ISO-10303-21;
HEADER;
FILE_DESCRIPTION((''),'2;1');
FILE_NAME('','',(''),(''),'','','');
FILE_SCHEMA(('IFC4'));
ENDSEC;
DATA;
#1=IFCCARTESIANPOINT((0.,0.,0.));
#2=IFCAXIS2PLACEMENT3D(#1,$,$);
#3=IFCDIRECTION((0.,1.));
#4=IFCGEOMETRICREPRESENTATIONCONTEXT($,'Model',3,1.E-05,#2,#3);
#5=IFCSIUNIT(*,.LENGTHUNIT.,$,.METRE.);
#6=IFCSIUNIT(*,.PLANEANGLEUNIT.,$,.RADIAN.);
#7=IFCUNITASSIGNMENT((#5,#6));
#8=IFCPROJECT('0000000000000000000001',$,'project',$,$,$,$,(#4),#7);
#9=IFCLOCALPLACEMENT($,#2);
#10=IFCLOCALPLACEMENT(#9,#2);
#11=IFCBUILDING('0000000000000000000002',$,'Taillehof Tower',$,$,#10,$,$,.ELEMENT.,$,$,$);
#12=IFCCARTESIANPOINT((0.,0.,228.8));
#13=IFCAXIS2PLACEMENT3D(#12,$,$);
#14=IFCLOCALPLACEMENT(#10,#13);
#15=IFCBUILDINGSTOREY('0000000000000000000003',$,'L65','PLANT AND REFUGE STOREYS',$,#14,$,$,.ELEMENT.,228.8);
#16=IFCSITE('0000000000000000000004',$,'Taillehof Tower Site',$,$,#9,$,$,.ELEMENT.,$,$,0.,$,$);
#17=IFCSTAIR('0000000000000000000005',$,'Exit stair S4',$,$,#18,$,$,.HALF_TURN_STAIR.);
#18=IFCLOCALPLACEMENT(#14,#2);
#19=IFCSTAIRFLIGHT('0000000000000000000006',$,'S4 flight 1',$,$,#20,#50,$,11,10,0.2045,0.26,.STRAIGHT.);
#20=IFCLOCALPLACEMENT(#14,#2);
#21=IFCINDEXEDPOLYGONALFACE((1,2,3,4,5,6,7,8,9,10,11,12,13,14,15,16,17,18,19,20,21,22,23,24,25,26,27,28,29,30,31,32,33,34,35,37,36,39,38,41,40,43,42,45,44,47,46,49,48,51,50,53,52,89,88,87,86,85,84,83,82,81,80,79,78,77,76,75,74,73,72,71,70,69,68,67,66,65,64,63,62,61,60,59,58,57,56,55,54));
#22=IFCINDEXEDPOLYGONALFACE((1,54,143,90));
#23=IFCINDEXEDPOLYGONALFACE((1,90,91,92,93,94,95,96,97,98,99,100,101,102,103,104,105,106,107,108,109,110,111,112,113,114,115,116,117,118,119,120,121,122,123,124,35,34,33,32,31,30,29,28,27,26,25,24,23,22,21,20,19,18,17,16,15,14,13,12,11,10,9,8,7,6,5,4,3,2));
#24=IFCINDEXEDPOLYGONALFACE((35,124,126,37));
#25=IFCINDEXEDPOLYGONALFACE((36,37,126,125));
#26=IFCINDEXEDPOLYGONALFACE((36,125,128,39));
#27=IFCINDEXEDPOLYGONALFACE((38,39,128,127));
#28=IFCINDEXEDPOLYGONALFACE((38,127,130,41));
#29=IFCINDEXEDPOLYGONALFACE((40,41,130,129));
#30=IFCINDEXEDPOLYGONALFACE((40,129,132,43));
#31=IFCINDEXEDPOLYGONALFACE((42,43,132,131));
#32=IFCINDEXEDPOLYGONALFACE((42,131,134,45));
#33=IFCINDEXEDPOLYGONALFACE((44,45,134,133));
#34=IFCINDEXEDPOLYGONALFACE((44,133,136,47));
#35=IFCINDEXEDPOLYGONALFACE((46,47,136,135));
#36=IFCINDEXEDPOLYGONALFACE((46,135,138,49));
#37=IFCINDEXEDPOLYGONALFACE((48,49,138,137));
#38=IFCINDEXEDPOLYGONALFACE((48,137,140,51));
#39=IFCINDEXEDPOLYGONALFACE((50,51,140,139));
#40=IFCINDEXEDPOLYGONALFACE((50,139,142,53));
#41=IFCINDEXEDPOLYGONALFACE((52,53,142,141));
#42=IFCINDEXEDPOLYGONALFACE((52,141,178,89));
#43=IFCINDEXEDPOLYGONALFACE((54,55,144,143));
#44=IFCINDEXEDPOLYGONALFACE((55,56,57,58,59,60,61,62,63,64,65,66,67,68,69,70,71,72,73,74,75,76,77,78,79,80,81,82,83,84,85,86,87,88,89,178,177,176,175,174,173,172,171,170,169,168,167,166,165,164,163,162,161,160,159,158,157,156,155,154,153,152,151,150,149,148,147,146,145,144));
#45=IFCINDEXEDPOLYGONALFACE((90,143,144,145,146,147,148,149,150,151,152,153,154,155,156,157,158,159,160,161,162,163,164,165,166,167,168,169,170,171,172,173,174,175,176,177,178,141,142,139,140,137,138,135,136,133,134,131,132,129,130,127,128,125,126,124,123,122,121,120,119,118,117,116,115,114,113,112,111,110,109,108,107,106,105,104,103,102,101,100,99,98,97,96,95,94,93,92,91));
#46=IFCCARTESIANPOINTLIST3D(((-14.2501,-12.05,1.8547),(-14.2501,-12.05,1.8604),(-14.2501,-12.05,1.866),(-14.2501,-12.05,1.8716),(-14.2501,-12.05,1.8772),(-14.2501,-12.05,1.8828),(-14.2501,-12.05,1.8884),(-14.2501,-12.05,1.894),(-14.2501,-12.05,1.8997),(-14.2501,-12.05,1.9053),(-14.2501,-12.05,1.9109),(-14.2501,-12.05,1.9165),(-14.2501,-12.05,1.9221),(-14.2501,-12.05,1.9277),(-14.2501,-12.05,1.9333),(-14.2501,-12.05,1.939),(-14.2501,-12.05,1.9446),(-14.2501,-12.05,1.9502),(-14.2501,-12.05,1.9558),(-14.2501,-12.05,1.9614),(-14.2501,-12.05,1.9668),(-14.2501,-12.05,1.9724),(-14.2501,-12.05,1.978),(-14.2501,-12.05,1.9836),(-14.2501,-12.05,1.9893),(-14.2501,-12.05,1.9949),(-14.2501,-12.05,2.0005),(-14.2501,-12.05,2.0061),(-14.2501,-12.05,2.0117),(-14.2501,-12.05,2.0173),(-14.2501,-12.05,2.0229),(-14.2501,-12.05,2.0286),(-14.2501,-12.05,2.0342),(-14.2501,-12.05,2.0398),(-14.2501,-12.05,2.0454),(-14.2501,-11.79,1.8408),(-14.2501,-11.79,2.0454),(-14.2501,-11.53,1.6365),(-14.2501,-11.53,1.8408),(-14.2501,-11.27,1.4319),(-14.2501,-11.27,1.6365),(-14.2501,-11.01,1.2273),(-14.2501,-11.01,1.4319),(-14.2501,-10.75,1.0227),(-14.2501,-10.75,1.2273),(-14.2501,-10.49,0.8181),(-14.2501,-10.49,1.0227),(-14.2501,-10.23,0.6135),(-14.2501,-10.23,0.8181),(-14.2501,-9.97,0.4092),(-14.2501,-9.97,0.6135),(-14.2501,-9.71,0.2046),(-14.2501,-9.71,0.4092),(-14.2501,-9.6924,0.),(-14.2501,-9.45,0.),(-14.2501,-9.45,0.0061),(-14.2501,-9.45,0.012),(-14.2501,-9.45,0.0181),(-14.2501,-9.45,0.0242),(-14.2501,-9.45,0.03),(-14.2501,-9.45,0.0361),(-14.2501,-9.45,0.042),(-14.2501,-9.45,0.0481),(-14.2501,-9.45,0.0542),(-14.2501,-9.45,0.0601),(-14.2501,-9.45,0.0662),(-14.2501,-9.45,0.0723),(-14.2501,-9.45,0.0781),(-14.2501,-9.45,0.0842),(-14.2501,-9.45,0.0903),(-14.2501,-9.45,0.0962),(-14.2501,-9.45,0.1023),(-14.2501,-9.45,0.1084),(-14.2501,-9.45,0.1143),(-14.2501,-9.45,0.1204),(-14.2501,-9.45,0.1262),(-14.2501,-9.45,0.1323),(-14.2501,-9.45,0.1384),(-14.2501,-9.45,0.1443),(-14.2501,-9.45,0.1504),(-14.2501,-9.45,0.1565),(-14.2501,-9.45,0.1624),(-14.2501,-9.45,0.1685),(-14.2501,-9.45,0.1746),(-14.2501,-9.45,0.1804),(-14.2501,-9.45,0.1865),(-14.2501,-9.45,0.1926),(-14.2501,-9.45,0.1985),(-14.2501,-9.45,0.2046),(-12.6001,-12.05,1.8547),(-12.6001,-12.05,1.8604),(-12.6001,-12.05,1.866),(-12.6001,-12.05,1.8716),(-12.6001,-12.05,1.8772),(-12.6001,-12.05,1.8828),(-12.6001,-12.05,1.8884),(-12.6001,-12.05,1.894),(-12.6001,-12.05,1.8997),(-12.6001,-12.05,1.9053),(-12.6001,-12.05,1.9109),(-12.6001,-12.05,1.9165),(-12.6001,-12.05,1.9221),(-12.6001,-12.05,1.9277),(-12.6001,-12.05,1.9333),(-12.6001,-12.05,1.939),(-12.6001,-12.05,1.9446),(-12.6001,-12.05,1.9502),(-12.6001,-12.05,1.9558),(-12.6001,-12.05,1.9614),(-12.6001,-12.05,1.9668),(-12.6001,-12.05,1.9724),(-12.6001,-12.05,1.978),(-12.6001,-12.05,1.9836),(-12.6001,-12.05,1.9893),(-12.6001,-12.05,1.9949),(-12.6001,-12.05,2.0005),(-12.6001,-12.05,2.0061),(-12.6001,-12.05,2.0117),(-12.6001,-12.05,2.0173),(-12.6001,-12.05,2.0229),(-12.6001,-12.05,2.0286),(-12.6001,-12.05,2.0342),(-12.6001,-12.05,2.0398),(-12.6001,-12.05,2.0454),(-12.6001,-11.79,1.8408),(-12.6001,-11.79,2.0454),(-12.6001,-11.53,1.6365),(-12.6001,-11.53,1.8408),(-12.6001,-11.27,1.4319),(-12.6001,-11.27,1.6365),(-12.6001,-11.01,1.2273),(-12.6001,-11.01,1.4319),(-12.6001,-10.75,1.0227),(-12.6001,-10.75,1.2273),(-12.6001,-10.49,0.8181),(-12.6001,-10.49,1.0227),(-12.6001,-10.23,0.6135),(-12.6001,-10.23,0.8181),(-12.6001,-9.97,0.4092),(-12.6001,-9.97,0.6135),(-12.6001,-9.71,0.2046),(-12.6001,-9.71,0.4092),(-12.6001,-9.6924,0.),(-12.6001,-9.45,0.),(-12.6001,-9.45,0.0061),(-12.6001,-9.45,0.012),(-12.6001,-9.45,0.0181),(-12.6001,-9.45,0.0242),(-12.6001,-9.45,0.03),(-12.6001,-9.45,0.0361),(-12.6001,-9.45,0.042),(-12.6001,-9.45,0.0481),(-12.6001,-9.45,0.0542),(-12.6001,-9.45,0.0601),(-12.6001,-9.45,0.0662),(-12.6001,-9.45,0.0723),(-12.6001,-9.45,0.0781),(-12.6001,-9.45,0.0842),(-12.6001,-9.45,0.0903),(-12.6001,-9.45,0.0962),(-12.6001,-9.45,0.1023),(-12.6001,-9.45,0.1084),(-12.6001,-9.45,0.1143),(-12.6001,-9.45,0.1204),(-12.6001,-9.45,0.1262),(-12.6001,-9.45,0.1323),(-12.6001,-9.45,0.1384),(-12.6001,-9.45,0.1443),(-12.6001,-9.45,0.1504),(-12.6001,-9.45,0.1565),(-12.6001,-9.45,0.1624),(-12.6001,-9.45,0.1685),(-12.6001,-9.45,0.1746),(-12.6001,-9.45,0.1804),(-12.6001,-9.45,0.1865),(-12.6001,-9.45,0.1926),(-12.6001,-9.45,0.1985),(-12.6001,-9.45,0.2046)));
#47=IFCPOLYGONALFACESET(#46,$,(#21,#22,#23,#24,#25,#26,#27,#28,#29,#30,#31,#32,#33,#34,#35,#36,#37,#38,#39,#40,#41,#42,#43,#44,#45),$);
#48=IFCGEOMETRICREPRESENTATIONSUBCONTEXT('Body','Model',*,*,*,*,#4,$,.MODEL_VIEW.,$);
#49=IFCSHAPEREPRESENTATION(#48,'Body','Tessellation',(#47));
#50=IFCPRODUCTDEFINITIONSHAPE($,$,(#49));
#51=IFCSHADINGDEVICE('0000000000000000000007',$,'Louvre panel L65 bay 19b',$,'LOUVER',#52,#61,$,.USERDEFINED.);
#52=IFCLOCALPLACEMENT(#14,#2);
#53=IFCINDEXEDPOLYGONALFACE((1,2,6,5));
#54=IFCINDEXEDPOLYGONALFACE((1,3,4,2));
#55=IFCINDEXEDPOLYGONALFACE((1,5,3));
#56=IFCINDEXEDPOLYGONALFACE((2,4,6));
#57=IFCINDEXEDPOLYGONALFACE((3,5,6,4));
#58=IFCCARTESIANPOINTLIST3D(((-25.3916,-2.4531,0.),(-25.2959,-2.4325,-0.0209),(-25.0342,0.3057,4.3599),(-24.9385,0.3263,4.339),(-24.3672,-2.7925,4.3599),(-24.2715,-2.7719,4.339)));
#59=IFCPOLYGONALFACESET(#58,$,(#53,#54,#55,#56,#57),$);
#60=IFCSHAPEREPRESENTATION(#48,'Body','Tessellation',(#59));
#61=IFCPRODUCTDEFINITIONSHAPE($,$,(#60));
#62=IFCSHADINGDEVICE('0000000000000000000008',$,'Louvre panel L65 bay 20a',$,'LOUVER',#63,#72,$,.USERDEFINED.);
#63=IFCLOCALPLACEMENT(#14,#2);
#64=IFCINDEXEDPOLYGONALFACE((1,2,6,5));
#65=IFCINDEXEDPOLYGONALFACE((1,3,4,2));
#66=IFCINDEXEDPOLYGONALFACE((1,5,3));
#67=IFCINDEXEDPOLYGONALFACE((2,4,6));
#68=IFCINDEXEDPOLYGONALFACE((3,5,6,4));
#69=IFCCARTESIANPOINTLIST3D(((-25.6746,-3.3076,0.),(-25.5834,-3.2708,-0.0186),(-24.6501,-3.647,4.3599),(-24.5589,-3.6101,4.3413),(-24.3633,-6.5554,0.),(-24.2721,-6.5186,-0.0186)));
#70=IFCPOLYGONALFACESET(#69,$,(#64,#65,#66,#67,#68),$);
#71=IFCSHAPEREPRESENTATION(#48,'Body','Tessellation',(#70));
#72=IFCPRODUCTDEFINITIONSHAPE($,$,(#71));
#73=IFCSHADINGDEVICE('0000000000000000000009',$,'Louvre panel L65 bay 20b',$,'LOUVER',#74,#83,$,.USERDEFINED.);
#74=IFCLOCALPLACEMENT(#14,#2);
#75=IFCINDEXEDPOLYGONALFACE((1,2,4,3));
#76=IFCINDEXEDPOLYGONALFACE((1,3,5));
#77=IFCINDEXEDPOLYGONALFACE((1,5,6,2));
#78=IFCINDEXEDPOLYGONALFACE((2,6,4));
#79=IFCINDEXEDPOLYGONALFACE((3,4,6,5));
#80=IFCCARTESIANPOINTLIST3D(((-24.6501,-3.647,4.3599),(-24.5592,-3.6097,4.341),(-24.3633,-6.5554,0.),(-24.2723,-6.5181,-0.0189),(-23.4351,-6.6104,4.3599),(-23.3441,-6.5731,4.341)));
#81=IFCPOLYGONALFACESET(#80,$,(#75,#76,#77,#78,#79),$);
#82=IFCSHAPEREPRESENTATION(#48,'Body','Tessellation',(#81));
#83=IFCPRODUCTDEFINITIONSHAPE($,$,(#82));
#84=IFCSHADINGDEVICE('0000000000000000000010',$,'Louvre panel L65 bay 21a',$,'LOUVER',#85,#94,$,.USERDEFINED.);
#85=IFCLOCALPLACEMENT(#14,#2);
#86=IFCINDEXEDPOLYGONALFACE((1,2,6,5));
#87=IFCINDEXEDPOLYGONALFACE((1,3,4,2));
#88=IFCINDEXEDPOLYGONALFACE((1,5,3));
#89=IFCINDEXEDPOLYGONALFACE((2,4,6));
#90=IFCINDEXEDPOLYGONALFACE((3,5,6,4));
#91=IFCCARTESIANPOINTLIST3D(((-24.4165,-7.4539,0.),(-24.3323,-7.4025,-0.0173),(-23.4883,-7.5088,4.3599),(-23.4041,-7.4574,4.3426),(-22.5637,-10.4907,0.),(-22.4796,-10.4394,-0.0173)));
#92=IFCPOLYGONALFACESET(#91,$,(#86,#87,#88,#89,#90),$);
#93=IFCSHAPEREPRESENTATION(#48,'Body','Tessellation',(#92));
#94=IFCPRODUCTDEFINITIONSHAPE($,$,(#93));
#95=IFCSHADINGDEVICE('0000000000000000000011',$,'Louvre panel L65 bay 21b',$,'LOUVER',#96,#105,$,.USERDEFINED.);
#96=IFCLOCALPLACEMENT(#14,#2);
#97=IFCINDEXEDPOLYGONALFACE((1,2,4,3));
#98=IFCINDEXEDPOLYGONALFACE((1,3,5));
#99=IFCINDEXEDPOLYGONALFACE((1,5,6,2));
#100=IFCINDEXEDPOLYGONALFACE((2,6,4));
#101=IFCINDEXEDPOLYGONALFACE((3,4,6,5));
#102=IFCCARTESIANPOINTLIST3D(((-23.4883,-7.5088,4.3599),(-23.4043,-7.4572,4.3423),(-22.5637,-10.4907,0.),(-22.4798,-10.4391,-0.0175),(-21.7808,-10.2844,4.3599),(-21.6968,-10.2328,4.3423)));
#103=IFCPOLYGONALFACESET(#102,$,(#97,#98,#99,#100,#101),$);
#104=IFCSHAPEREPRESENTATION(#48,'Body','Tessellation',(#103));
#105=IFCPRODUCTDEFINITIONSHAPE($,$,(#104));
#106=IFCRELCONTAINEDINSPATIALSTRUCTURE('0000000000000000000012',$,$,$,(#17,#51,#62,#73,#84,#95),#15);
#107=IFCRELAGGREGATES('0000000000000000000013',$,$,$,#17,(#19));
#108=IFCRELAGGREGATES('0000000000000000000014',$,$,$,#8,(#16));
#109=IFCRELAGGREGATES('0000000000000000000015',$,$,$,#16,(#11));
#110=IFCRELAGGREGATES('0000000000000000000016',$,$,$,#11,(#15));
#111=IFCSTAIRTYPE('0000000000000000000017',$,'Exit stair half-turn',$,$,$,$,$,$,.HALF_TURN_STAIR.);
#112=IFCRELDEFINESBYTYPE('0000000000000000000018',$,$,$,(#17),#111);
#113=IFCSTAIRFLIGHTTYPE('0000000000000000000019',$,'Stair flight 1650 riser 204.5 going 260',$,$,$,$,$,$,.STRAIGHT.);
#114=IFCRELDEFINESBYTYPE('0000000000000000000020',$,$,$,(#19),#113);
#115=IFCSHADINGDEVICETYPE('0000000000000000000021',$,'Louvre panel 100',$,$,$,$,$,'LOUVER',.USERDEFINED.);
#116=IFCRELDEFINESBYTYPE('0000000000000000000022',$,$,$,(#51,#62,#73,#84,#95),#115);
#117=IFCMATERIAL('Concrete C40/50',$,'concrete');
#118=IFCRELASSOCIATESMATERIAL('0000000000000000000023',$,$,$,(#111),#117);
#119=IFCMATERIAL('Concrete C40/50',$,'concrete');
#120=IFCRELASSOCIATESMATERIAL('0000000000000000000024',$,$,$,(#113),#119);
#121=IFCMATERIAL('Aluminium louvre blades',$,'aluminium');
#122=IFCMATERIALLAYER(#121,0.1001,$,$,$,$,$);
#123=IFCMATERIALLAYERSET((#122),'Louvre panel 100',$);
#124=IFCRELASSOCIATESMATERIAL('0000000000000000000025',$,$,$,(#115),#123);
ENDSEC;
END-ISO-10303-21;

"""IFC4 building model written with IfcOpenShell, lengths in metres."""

from ifc_helpers import new_model, si_unit, direction, frame, origin, place, context, subcontext, project, spatial, polyline, outline, extrude, material, layer, layer_set, type_object, element, aggregate, save


model = new_model("IFC4")

# Units and contexts
model_context = context("Model", 3, precision=1e-05, world=origin(), true_north=direction((0.0, 1.0)))
body_context = subcontext(model_context, "Body", "Model", "MODEL_VIEW")
ifc_project = project(units=[si_unit("LENGTHUNIT", "METRE"), si_unit("PLANEANGLEUNIT", "RADIAN")], contexts=[model_context])

# Site, building, storey
site_placement = place(None, origin())
site = spatial("IfcSite", under=ifc_project, at=site_placement, Name="Taillehof Tower Site", CompositionType="ELEMENT", RefElevation=0.0)
building_placement = place(site_placement, origin())
building = spatial("IfcBuilding", under=site, at=building_placement, Name="Taillehof Tower", CompositionType="ELEMENT")
storey_placement = place(building_placement, frame((0.0, 0.0, 228.8)))
storey = spatial("IfcBuildingStorey", under=building, at=storey_placement, Name="L65", Description="PLANT AND REFUGE STOREYS", CompositionType="ELEMENT", Elevation=228.8)

# Stair, stair flight
ifc_material_1 = material(Name="Concrete C40/50", Category="concrete")
stair_type = type_object("IfcStairType", Name="Exit stair half-turn", PredefinedType="HALF_TURN_STAIR", material=ifc_material_1)
stair_placement = place(storey_placement, origin())
stair = element("IfcStair", 1, at=stair_placement, inside=storey, type_object=stair_type, Name="Exit stair S4", PredefinedType="HALF_TURN_STAIR")
ifc_material_2 = material(Name="Concrete C40/50", Category="concrete")
stair_flight_type = type_object("IfcStairFlightType", Name="Stair flight 1650 riser 204.5 going 260", PredefinedType="STRAIGHT", material=ifc_material_2)
stair_flight_placement = place(storey_placement, frame((-13.425, -9.45, 0.0), z_axis=(0.0, 0.0, 1.0), x_axis=(0.0, -1.0, 0.0)))
stair_flight = element("IfcStairFlight", 2, at=stair_flight_placement, type_object=stair_flight_type, Name="S4 flight 1", NumberOfRisers=11, NumberOfTreads=10, PredefinedType="STRAIGHT", RiserHeight=0.2045, TreadLength=0.26, context=body_context, shape_type="SweptSolid", body=[
    extrude(outline(polyline([(0.0, 0.0), (0.0, 0.0061), (0.0, 0.012), (0.0, 0.0181), (0.0, 0.0242), (0.0, 0.03), (0.0, 0.0361), (0.0, 0.042), (0.0, 0.0481), (0.0, 0.0542), (0.0, 0.0601), (0.0, 0.0662), (0.0, 0.0723), (0.0, 0.0781), (0.0, 0.0842), (0.0, 0.0903), (0.0, 0.0962), (0.0, 0.1023), (0.0, 0.1084), (0.0, 0.1143), (0.0, 0.1204), (0.0, 0.1262), (0.0, 0.1323), (0.0, 0.1384), (0.0, 0.1443), (0.0, 0.1504), (0.0, 0.1565), (0.0, 0.1624), (0.0, 0.1685), (0.0, 0.1746), (0.0, 0.1804), (0.0, 0.1865), (0.0, 0.1926), (0.0, 0.1985), (0.0, 0.2046), (0.26, 0.2046), (0.26, 0.4092), (0.52, 0.4092), (0.52, 0.6135), (0.78, 0.6135), (0.78, 0.8181), (1.04, 0.8181), (1.04, 1.0227), (1.3, 1.0227), (1.3, 1.2273), (1.5601, 1.2273), (1.5601, 1.4319), (1.8201, 1.4319), (1.8201, 1.6365), (2.0801, 1.6365), (2.0801, 1.8408), (2.3401, 1.8408), (2.3401, 2.0454), (2.6001, 2.0454), (2.6001, 2.0398), (2.6001, 2.0342), (2.6001, 2.0286), (2.6001, 2.0229), (2.6001, 2.0173), (2.6001, 2.0117), (2.6001, 2.0061), (2.6001, 2.0005), (2.6001, 1.9949), (2.6001, 1.9893), (2.6001, 1.9836), (2.6001, 1.978), (2.6001, 1.9724), (2.6001, 1.9668), (2.6001, 1.9614), (2.6001, 1.9558), (2.6001, 1.9502), (2.6001, 1.9446), (2.6001, 1.939), (2.6001, 1.9333), (2.6001, 1.9277), (2.6001, 1.9221), (2.6001, 1.9165), (2.6001, 1.9109), (2.6001, 1.9053), (2.6001, 1.8997), (2.6001, 1.894), (2.6001, 1.8884), (2.6001, 1.8828), (2.6001, 1.8772), (2.6001, 1.8716), (2.6001, 1.866), (2.6001, 1.8604), (2.6001, 1.8547), (0.2424, 0.0), (0.0, 0.0)])), frame((0.0, 0.825, 0.0), z_axis=(0.0, -1.0, 0.0), x_axis=(1.0, 0.0, 0.0)), (0.0, 0.0, 1.0), 1.65),
])
aggregate(stair, [stair_flight])

# Shading devices
ifc_material_3 = material(Name="Aluminium louvre blades", Category="aluminium")
ifc_layer_1 = layer(ifc_material_3, 0.1001)
ifc_layer_set_1 = layer_set([ifc_layer_1], Name="Louvre panel 100")
shading_device_type = type_object("IfcShadingDeviceType", Name="Louvre panel 100", ElementType="LOUVER", PredefinedType="USERDEFINED", material=ifc_layer_set_1)
shading_device_1_placement = place(storey_placement, frame((-25.3916, -2.4531, 0.0), z_axis=(-0.95609, -0.205834, 0.208626), x_axis=(0.228082, -0.075556, 0.970706)))
element("IfcShadingDevice", 3, at=shading_device_1_placement, inside=storey, type_object=shading_device_type, Name="Louvre panel L65 bay 19b", ObjectType="LOUVER", PredefinedType="USERDEFINED", context=body_context, shape_type="SweptSolid", body=[
    extrude(outline(polyline([(0.0, 0.0), (4.4914, 0.0), (4.1052, 3.1455), (0.0, 0.0)])), origin(), (0.0, 0.0, -1.0), 0.1001),
])
shading_device_2_placement = place(storey_placement, frame((-25.6746, -3.3076, 0.0), z_axis=(-0.911188, -0.367886, 0.185462), x_axis=(0.374381, -0.927275, 0.0)))
element("IfcShadingDevice", 4, at=shading_device_2_placement, inside=storey, type_object=shading_device_type, Name="Louvre panel L65 bay 20a", ObjectType="LOUVER", PredefinedType="USERDEFINED", context=body_context, shape_type="SweptSolid", body=[
    extrude(outline(polyline([(0.0, 0.0), (3.5025, 0.0), (0.6982, 4.4368), (0.0, 0.0)])), origin(), (0.0, 0.0, -1.0), 0.1001),
])
shading_device_3_placement = place(storey_placement, frame((-24.3633, -6.5554, 0.0), z_axis=(-0.90861, -0.372561, 0.188751), x_axis=(0.208219, -0.012322, 0.978005)))
element("IfcShadingDevice", 5, at=shading_device_3_placement, inside=storey, type_object=shading_device_type, Name="Louvre panel L65 bay 20b", ObjectType="LOUVER", PredefinedType="USERDEFINED", context=body_context, shape_type="SweptSolid", body=[
    extrude(outline(polyline([(0.0, 0.0), (4.4579, 0.0), (4.1684, 3.1897), (0.0, 0.0)])), origin(), (0.0, 0.0, -1.0), 0.1001),
])
shading_device_4_placement = place(storey_placement, frame((-24.4165, -7.4539, 0.0), z_axis=(-0.840861, -0.513007, 0.172557), x_axis=(0.52082, -0.853667, 0.0)))
element("IfcShadingDevice", 6, at=shading_device_4_placement, inside=storey, type_object=shading_device_type, Name="Louvre panel L65 bay 21a", ObjectType="LOUVER", PredefinedType="USERDEFINED", context=body_context, shape_type="SweptSolid", body=[
    extrude(outline(polyline([(0.0, 0.0), (3.5574, 0.0), (0.5303, 4.4263), (0.0, 0.0)])), origin(), (0.0, 0.0, -1.0), 0.1001),
])
shading_device_5_placement = place(storey_placement, frame((-22.5637, -10.4907, 0.0), z_axis=(-0.838591, -0.515886, 0.175007), x_axis=(0.176564, 0.046522, 0.983189)))
element("IfcShadingDevice", 7, at=shading_device_5_placement, inside=storey, type_object=shading_device_type, Name="Louvre panel L65 bay 21b", ObjectType="LOUVER", PredefinedType="USERDEFINED", context=body_context, shape_type="SweptSolid", body=[
    extrude(outline(polyline([(0.0, 0.0), (4.4344, 0.0), (4.2621, 3.2542), (0.0, 0.0)])), origin(), (0.0, 0.0, -1.0), 0.1001),
])

save(model, "model.ifc")
